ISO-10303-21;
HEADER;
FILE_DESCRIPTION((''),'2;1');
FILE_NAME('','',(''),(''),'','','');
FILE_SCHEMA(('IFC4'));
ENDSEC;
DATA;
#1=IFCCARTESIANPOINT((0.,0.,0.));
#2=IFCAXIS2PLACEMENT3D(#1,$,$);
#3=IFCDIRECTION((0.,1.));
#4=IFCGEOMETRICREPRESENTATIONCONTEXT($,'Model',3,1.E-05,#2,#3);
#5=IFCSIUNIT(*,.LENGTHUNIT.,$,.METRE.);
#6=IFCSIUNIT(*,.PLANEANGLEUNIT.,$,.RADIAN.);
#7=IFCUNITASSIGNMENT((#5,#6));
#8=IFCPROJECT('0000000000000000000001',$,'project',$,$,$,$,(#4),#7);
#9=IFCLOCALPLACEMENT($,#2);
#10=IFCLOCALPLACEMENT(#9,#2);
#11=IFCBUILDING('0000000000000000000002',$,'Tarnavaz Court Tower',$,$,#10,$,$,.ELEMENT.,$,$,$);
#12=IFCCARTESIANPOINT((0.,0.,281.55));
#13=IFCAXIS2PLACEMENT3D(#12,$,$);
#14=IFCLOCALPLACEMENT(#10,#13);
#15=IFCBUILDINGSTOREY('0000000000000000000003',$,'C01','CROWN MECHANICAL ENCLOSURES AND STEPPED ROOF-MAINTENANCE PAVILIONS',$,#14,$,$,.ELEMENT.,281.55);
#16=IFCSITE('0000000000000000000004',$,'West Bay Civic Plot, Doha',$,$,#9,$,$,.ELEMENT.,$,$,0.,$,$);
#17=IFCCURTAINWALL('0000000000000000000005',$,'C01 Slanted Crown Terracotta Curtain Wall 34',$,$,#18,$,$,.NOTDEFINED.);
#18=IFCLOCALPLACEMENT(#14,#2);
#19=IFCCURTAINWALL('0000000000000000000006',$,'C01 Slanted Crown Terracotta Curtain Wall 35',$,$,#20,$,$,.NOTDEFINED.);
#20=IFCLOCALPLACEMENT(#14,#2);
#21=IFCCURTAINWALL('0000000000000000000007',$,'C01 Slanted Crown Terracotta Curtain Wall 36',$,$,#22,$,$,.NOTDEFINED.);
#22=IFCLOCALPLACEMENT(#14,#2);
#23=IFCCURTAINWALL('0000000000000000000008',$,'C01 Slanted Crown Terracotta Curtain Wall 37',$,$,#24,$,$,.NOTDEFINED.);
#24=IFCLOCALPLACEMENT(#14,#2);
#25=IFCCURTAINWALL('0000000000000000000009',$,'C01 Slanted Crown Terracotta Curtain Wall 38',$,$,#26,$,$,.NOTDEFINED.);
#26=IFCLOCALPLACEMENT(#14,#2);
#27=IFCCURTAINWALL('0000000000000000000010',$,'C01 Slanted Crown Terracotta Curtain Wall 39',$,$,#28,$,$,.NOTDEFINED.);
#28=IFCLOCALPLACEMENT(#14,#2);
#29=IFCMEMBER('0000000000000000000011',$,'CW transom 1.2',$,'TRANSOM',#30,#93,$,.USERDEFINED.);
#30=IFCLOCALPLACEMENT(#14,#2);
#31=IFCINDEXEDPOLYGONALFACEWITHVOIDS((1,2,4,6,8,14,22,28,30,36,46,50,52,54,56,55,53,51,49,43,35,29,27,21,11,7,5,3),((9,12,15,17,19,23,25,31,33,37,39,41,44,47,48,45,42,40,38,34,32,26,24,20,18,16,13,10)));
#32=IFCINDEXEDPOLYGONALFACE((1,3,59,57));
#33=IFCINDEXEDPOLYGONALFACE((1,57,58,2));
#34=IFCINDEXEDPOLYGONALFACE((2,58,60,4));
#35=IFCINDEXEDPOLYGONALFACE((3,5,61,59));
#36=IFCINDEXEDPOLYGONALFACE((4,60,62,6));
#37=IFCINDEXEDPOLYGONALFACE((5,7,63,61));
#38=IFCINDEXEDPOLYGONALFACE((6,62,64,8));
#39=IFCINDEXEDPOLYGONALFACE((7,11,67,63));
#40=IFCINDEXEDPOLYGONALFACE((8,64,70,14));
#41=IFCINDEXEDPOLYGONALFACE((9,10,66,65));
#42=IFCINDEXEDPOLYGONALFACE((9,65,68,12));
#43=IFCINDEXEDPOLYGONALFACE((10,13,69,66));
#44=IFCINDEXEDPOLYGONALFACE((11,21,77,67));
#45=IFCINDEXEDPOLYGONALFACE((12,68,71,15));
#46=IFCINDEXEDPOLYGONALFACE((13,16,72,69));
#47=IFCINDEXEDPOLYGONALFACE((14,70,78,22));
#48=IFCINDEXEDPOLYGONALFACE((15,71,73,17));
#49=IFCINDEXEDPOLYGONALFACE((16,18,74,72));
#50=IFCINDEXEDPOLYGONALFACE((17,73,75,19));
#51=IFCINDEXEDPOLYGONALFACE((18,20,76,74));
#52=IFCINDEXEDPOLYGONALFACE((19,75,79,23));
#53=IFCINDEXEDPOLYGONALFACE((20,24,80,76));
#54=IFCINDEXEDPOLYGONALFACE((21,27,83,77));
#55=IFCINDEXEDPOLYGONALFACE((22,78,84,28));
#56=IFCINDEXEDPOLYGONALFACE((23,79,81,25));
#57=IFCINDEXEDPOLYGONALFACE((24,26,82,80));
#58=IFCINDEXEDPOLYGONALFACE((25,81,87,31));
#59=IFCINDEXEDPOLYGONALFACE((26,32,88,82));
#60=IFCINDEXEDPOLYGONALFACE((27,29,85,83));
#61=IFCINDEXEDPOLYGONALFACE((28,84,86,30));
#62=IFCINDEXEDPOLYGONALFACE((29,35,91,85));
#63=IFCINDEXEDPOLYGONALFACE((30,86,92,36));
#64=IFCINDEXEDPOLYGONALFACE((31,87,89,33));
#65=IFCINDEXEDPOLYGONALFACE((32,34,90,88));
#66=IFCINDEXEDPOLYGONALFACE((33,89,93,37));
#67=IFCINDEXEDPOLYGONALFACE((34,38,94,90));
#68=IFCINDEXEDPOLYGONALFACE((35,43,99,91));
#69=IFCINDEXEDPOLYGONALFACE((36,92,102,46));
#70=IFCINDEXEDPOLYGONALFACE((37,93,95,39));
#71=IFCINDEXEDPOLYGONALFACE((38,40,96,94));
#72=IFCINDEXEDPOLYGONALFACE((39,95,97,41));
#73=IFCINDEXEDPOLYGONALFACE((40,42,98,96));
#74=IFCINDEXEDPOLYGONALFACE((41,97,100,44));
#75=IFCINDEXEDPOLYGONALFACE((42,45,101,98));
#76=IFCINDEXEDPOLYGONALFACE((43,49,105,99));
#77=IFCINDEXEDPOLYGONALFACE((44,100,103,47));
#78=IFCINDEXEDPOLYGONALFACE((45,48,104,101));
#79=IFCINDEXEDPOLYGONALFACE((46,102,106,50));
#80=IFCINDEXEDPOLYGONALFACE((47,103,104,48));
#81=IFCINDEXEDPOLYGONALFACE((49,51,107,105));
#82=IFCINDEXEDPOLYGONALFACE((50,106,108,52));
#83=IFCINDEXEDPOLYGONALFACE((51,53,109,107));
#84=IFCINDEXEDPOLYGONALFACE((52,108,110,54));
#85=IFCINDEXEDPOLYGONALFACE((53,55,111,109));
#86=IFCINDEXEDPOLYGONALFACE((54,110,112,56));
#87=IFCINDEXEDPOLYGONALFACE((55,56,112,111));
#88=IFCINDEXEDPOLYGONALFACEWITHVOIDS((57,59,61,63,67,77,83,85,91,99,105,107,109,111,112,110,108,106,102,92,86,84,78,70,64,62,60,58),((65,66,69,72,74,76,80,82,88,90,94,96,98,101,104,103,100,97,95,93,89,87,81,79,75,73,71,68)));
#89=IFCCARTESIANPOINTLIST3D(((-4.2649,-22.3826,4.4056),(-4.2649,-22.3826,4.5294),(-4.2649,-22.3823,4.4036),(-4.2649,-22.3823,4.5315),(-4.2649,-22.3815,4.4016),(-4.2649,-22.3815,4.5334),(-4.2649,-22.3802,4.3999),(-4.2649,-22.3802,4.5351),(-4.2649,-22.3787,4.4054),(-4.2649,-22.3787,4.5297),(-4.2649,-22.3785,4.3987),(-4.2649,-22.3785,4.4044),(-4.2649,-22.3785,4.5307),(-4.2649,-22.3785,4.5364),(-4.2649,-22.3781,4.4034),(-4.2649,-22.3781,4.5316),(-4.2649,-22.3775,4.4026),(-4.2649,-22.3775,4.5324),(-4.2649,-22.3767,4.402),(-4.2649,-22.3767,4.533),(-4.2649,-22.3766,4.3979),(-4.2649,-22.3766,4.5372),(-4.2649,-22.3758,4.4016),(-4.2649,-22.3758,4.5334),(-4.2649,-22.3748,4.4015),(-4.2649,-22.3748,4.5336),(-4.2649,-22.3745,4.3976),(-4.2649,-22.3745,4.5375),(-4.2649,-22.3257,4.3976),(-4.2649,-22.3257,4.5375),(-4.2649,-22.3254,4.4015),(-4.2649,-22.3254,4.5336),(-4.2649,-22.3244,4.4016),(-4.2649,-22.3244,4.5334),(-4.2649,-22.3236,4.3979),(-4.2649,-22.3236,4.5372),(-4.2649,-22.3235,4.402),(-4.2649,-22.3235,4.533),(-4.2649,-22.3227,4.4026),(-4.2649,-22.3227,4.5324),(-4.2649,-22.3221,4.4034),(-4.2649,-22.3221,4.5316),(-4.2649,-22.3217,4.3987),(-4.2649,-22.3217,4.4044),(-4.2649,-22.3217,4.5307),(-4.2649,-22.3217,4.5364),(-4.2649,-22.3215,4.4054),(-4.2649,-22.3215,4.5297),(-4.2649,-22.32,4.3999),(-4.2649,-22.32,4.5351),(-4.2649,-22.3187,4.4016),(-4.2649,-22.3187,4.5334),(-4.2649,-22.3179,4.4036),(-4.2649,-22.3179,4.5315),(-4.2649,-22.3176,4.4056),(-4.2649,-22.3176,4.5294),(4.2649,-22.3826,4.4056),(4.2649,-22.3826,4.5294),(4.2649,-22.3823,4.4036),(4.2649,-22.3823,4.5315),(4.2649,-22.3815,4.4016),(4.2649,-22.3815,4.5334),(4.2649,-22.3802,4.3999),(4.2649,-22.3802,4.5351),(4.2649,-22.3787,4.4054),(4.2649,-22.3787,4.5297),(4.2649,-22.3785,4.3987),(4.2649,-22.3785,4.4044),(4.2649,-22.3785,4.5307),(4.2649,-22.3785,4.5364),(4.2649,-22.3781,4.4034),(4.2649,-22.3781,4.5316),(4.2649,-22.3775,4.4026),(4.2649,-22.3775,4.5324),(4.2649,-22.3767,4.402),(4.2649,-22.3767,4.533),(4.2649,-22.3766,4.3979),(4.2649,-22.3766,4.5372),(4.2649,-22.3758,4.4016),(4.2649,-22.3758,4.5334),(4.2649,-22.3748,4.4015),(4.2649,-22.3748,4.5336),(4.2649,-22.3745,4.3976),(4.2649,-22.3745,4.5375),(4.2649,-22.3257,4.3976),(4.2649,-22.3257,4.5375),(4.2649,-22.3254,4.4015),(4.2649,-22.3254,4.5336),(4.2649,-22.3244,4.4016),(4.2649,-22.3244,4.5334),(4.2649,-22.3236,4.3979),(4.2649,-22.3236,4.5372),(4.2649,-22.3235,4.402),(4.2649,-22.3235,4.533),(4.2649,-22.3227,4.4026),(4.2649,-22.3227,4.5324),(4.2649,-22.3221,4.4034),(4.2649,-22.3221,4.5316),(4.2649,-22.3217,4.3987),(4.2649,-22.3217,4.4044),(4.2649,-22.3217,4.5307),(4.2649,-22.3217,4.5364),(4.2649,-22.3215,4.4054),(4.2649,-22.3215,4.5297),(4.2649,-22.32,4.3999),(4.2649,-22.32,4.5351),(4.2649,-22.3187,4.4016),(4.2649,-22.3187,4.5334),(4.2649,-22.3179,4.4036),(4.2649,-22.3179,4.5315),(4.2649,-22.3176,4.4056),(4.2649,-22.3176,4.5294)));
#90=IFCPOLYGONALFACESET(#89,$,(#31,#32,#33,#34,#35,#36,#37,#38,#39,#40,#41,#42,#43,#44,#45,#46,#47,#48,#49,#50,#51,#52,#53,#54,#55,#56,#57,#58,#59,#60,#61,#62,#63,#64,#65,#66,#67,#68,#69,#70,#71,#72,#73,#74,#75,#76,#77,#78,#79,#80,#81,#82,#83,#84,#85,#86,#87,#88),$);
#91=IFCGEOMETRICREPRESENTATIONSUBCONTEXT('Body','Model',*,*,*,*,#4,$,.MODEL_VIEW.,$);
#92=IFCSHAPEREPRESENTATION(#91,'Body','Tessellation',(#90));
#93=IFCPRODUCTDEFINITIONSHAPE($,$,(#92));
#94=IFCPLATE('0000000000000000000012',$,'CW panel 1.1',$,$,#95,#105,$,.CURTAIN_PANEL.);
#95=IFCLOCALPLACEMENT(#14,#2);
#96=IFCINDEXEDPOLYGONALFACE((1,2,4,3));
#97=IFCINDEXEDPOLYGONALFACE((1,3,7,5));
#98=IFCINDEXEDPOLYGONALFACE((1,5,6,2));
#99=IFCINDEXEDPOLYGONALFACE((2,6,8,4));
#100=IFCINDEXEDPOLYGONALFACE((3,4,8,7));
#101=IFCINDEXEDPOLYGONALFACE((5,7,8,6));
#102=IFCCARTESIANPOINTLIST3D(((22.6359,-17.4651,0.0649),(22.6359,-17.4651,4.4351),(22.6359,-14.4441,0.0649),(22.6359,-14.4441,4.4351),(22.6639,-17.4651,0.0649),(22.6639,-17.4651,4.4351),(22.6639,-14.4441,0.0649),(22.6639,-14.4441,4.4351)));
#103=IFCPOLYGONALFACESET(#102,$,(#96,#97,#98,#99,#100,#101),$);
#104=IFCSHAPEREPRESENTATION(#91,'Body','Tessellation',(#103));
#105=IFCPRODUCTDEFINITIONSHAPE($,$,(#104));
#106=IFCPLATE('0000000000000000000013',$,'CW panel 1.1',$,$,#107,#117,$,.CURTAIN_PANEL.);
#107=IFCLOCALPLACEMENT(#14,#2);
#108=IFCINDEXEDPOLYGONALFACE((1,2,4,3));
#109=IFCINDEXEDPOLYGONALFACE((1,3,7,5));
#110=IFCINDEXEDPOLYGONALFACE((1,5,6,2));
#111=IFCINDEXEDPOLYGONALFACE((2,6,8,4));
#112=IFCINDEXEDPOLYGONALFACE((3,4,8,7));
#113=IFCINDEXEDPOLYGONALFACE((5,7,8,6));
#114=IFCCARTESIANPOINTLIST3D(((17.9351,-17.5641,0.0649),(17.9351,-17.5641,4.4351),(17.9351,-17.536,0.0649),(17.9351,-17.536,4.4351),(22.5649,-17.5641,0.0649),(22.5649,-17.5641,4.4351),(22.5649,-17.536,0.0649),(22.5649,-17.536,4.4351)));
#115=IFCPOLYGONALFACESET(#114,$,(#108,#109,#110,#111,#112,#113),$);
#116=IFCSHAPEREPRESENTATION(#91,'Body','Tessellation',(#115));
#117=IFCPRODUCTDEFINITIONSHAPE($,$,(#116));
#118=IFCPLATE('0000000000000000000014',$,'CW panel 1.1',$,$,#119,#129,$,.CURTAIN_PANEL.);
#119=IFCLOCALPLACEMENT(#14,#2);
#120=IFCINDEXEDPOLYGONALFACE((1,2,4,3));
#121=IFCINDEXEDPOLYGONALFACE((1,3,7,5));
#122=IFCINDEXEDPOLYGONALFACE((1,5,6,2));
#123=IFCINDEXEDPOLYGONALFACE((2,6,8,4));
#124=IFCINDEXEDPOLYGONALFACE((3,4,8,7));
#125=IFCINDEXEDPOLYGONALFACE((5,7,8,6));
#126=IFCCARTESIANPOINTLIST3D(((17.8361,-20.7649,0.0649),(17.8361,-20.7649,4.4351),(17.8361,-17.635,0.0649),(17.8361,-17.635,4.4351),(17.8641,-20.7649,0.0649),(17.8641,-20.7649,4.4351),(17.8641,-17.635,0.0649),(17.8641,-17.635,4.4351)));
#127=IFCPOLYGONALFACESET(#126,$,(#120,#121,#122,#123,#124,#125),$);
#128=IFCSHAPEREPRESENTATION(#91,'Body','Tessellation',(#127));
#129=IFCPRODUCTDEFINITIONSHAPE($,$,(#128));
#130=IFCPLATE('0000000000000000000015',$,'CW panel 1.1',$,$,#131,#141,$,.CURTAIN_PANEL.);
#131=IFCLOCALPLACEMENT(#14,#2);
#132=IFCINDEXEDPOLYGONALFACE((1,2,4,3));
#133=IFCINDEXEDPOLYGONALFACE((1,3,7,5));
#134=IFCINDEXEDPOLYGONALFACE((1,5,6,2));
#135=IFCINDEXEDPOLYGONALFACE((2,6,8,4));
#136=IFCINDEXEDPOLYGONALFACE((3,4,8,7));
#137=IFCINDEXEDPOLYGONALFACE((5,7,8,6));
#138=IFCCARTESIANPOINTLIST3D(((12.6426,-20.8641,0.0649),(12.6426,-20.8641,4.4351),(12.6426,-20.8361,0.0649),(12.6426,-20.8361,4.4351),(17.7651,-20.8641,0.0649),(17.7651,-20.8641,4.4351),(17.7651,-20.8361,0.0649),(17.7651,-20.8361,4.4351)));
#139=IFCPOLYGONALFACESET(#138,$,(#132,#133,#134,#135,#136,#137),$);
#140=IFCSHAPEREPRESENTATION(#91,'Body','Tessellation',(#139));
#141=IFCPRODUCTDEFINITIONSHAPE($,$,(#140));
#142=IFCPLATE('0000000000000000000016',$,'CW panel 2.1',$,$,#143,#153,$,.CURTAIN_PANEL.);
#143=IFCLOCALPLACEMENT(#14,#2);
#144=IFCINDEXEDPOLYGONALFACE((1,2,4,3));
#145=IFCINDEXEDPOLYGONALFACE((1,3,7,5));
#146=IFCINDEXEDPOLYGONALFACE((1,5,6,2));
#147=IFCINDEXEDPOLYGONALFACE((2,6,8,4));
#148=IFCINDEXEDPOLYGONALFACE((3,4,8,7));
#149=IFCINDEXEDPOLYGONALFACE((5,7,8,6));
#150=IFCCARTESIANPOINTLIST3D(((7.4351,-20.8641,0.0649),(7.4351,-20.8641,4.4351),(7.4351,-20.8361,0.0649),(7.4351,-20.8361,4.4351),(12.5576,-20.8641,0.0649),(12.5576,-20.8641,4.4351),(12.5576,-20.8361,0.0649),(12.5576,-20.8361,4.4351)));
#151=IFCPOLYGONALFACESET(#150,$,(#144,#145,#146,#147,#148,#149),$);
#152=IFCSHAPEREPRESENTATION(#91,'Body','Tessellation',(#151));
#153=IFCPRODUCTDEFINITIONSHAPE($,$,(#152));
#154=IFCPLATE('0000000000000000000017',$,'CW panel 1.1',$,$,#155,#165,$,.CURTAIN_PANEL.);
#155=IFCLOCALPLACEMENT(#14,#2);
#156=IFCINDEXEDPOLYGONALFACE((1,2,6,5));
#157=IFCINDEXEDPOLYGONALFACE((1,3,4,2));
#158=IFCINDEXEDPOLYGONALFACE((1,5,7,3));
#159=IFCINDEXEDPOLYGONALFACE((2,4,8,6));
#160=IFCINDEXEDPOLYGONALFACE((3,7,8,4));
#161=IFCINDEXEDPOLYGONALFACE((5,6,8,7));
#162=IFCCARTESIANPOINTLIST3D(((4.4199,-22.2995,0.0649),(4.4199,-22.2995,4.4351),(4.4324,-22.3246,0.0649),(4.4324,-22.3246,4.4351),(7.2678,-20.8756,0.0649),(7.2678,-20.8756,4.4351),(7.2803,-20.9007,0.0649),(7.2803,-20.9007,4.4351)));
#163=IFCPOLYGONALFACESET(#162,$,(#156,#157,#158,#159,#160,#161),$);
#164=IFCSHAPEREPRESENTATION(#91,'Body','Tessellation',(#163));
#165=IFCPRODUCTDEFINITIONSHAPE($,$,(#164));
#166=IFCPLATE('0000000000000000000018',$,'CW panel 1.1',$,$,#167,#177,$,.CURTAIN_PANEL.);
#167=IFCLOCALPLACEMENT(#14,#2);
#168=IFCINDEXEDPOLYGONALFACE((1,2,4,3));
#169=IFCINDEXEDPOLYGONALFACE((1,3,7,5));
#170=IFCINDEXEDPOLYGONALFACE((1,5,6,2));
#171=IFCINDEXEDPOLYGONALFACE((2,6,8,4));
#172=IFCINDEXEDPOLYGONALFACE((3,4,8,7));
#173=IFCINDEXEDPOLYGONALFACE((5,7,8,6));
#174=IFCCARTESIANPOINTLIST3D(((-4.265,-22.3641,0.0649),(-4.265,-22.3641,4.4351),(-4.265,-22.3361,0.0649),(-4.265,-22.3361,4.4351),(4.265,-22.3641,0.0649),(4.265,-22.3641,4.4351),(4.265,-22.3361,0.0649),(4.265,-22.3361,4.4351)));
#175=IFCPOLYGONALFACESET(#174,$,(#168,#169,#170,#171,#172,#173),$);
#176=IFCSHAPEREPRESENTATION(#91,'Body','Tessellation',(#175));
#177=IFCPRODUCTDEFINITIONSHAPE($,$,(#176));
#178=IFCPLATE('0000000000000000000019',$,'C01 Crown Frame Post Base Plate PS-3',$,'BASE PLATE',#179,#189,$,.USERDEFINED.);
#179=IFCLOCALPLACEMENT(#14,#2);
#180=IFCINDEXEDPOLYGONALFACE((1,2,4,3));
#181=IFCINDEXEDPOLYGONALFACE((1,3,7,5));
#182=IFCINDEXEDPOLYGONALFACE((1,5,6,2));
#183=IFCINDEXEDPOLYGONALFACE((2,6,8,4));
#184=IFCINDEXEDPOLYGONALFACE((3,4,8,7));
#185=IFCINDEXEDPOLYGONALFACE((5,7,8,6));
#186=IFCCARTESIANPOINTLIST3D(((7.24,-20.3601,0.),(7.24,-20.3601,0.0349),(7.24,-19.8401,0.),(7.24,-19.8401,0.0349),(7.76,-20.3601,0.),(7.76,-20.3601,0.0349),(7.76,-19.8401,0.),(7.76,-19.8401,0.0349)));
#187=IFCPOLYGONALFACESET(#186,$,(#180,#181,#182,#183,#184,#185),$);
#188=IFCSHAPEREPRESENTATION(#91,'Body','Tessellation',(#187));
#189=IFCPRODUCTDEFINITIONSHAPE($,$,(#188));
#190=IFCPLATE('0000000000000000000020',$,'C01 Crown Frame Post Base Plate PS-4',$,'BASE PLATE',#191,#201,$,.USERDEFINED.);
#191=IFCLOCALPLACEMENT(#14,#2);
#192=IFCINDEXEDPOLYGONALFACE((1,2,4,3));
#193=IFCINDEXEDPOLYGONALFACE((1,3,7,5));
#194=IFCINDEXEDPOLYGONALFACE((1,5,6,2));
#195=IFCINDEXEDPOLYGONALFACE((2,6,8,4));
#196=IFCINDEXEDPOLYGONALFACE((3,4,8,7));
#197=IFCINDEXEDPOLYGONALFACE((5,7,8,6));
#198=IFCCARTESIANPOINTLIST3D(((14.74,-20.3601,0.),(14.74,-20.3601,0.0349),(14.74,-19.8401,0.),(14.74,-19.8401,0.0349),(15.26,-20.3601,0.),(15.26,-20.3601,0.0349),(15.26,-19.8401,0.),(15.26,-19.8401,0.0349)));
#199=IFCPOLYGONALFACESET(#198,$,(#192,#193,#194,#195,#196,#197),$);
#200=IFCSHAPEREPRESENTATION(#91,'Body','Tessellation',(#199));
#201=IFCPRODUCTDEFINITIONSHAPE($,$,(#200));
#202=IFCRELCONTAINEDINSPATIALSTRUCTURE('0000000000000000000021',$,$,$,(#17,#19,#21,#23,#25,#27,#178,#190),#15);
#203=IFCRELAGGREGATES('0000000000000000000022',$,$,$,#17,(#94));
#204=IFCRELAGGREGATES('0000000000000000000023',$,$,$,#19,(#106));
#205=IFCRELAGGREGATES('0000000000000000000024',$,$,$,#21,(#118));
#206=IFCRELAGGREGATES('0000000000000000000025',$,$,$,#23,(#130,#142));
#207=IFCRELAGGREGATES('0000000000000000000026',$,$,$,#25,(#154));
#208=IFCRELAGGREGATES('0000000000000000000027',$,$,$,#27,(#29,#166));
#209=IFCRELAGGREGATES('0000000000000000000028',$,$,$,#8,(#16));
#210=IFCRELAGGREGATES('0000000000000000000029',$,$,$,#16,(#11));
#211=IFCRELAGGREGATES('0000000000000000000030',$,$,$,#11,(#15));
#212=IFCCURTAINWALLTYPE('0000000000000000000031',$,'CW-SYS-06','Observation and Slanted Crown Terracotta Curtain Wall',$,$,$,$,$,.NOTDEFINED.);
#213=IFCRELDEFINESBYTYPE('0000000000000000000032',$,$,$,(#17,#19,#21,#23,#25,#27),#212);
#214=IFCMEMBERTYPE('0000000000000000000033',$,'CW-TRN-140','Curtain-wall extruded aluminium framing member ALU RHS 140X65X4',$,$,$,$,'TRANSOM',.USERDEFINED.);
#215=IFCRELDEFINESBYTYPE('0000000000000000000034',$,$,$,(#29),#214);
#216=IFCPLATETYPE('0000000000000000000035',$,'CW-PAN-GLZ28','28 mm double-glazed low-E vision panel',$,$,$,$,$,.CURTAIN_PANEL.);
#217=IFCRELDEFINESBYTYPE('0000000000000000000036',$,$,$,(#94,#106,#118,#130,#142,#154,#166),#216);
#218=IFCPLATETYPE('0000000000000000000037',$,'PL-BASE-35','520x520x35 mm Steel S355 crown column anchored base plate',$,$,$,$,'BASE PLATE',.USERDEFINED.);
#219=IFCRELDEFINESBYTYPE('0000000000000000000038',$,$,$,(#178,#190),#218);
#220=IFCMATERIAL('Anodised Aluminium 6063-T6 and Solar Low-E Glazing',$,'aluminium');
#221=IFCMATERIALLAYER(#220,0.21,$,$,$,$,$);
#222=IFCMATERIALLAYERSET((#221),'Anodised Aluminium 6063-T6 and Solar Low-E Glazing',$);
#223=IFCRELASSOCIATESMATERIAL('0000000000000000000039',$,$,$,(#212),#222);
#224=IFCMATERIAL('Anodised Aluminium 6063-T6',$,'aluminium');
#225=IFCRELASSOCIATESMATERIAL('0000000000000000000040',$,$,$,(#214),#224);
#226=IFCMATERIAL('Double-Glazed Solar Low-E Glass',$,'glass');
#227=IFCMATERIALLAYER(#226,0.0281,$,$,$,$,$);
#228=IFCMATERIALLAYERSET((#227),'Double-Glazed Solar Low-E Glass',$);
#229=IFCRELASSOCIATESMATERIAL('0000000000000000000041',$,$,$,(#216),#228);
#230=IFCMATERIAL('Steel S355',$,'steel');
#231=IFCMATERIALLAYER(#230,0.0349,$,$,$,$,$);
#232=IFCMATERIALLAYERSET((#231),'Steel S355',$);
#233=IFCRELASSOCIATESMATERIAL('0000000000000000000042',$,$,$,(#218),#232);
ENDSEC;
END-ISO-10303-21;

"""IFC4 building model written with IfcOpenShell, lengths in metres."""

from ifc_helpers import new_model, si_unit, direction, frame, origin, origin_2d, place, context, subcontext, project, spatial, rectangle, hollow_rectangle, extrude, material, layer, layer_set, material_profile, profile_set, type_object, element, aggregate, save


model = new_model("IFC4")

# Units and contexts
model_context = context("Model", 3, precision=1e-05, world=origin(), true_north=direction((0.0, 1.0)))
body_context = subcontext(model_context, "Body", "Model", "MODEL_VIEW")
ifc_project = project(units=[si_unit("LENGTHUNIT", "METRE"), si_unit("PLANEANGLEUNIT", "RADIAN")], contexts=[model_context])

# Site, building, storey
site_placement = place(None, origin())
site = spatial("IfcSite", under=ifc_project, at=site_placement, Name="West Bay Civic Plot, Doha", CompositionType="ELEMENT", RefElevation=0.0)
building_placement = place(site_placement, origin())
building = spatial("IfcBuilding", under=site, at=building_placement, Name="Tarnavaz Court Tower", CompositionType="ELEMENT")
storey_placement = place(building_placement, frame((0.0, 0.0, 281.55)))
storey = spatial("IfcBuildingStorey", under=building, at=storey_placement, Name="C01", Description="CROWN MECHANICAL ENCLOSURES AND STEPPED ROOF-MAINTENANCE PAVILIONS", CompositionType="ELEMENT", Elevation=281.55)

# Shared definitions
ifc_material_1 = material(Name="Steel S355", Category="steel")

# Shared definitions
ifc_material_2 = material(Name="Anodised Aluminium 6063-T6 and Solar Low-E Glazing", Category="aluminium")
ifc_layer_1 = layer(ifc_material_2, 0.21)
ifc_layer_set_1 = layer_set([ifc_layer_1], Name="Anodised Aluminium 6063-T6 and Solar Low-E Glazing")
curtain_wall_type = type_object("IfcCurtainWallType", Name="CW-SYS-06", Description="Observation and Slanted Crown Terracotta Curtain Wall", PredefinedType="NOTDEFINED", material=ifc_layer_set_1)
ifc_material_3 = material(Name="Anodised Aluminium 6063-T6", Category="aluminium")

# Curtain walls
curtain_wall_1_placement = place(storey_placement, origin())
curtain_wall_1 = element("IfcCurtainWall", 1, at=curtain_wall_1_placement, inside=storey, type_object=curtain_wall_type, Name="C01 Slanted Crown Terracotta Curtain Wall 34", PredefinedType="NOTDEFINED")
curtain_wall_2_placement = place(storey_placement, origin())
curtain_wall_2 = element("IfcCurtainWall", 2, at=curtain_wall_2_placement, inside=storey, type_object=curtain_wall_type, Name="C01 Slanted Crown Terracotta Curtain Wall 35", PredefinedType="NOTDEFINED")
curtain_wall_3_placement = place(storey_placement, origin())
curtain_wall_3 = element("IfcCurtainWall", 3, at=curtain_wall_3_placement, inside=storey, type_object=curtain_wall_type, Name="C01 Slanted Crown Terracotta Curtain Wall 36", PredefinedType="NOTDEFINED")
curtain_wall_4_placement = place(storey_placement, origin())
curtain_wall_4 = element("IfcCurtainWall", 4, at=curtain_wall_4_placement, inside=storey, type_object=curtain_wall_type, Name="C01 Slanted Crown Terracotta Curtain Wall 37", PredefinedType="NOTDEFINED")
curtain_wall_5_placement = place(storey_placement, origin())
curtain_wall_5 = element("IfcCurtainWall", 5, at=curtain_wall_5_placement, inside=storey, type_object=curtain_wall_type, Name="C01 Slanted Crown Terracotta Curtain Wall 38", PredefinedType="NOTDEFINED")

# Curtain wall
curtain_wall_6_placement = place(storey_placement, origin())
curtain_wall_6 = element("IfcCurtainWall", 6, at=curtain_wall_6_placement, inside=storey, type_object=curtain_wall_type, Name="C01 Slanted Crown Terracotta Curtain Wall 39", PredefinedType="NOTDEFINED")

# Member
ifc_material_profile_1 = material_profile(ifc_material_3, hollow_rectangle(XDim=0.0649, YDim=0.1399, WallThickness=0.0039, InnerFilletRadius=0.0039, OuterFilletRadius=0.0081, at=origin_2d()), Name="ALU RHS 140X65X4")
ifc_profile_set_1 = profile_set([ifc_material_profile_1], Name="Anodised Aluminium 6063-T6")
member_type_1 = type_object("IfcMemberType", Name="CW-TRN-140", Description="Curtain-wall extruded aluminium framing member ALU RHS 140X65X4", ElementType="TRANSOM", PredefinedType="USERDEFINED", material=ifc_profile_set_1)
member_1_placement = place(storey_placement, frame((4.2649, -22.3501, 4.4675), z_axis=(-1.0, 0.0, 0.0), x_axis=(0.0, -1.0, 0.0)))
member_1 = element("IfcMember", 7, at=member_1_placement, type_object=member_type_1, Name="CW transom 1.2", ObjectType="TRANSOM", PredefinedType="USERDEFINED", context=body_context, shape_type="SweptSolid", body=[
    extrude(hollow_rectangle(XDim=0.0649, YDim=0.1399, WallThickness=0.0039, InnerFilletRadius=0.0039, OuterFilletRadius=0.0081, at=origin_2d()), origin(), (0.0, 0.0, 1.0), 8.5298),
])

# Plates
ifc_material_4 = material(Name="Double-Glazed Solar Low-E Glass", Category="glass")
ifc_layer_2 = layer(ifc_material_4, 0.0281)
ifc_layer_set_2 = layer_set([ifc_layer_2], Name="Double-Glazed Solar Low-E Glass")
plate_type_1 = type_object("IfcPlateType", Name="CW-PAN-GLZ28", Description="28 mm double-glazed low-E vision panel", PredefinedType="CURTAIN_PANEL", material=ifc_layer_set_2)
plate_1_placement = place(storey_placement, frame((22.6499, -15.9546, 0.0649), z_axis=(0.0, 0.0, 1.0), x_axis=(0.0, -1.0, 0.0)))
plate_1 = element("IfcPlate", 8, at=plate_1_placement, type_object=plate_type_1, Name="CW panel 1.1", PredefinedType="CURTAIN_PANEL", context=body_context, shape_type="SweptSolid", body=[
    extrude(rectangle(XDim=3.021, YDim=0.0281, at=origin_2d()), origin(), (0.0, 0.0, 1.0), 4.3701),
])
aggregate(curtain_wall_1, [plate_1])
plate_2_placement = place(storey_placement, frame((20.25, -17.55, 0.0649), z_axis=(0.0, 0.0, 1.0), x_axis=(-1.0, 0.0, 0.0)))
plate_2 = element("IfcPlate", 9, at=plate_2_placement, type_object=plate_type_1, Name="CW panel 1.1", PredefinedType="CURTAIN_PANEL", context=body_context, shape_type="SweptSolid", body=[
    extrude(rectangle(XDim=4.6299, YDim=0.0281, at=origin_2d()), origin(), (0.0, 0.0, 1.0), 4.3701),
])
aggregate(curtain_wall_2, [plate_2])
plate_3_placement = place(storey_placement, frame((17.8501, -19.2, 0.0649), z_axis=(0.0, 0.0, 1.0), x_axis=(0.0, -1.0, 0.0)))
plate_3 = element("IfcPlate", 10, at=plate_3_placement, type_object=plate_type_1, Name="CW panel 1.1", PredefinedType="CURTAIN_PANEL", context=body_context, shape_type="SweptSolid", body=[
    extrude(rectangle(XDim=3.1299, YDim=0.0281, at=origin_2d()), origin(), (0.0, 0.0, 1.0), 4.3701),
])
aggregate(curtain_wall_3, [plate_3])
plate_4_placement = place(storey_placement, frame((15.2039, -20.8501, 0.0649), z_axis=(0.0, 0.0, 1.0), x_axis=(-1.0, 0.0, 0.0)))
plate_4 = element("IfcPlate", 11, at=plate_4_placement, type_object=plate_type_1, Name="CW panel 1.1", PredefinedType="CURTAIN_PANEL", context=body_context, shape_type="SweptSolid", body=[
    extrude(rectangle(XDim=5.1226, YDim=0.0281, at=origin_2d()), origin(), (0.0, 0.0, 1.0), 4.3701),
])
plate_5_placement = place(storey_placement, frame((9.9963, -20.8501, 0.0649), z_axis=(0.0, 0.0, 1.0), x_axis=(-1.0, 0.0, 0.0)))
plate_5 = element("IfcPlate", 12, at=plate_5_placement, type_object=plate_type_1, Name="CW panel 2.1", PredefinedType="CURTAIN_PANEL", context=body_context, shape_type="SweptSolid", body=[
    extrude(rectangle(XDim=5.1226, YDim=0.0281, at=origin_2d()), origin(), (0.0, 0.0, 1.0), 4.3701),
])
aggregate(curtain_wall_4, [plate_4, plate_5])
plate_6_placement = place(storey_placement, frame((5.8501, -21.6001, 0.0649), z_axis=(0.0, 0.0, 1.0), x_axis=(-0.894427, -0.447214, 0.0)))
plate_6 = element("IfcPlate", 13, at=plate_6_placement, type_object=plate_type_1, Name="CW panel 1.1", PredefinedType="CURTAIN_PANEL", context=body_context, shape_type="SweptSolid", body=[
    extrude(rectangle(XDim=3.1841, YDim=0.0281, at=origin_2d()), origin(), (0.0, 0.0, 1.0), 4.3701),
])
aggregate(curtain_wall_5, [plate_6])
plate_7_placement = place(storey_placement, frame((0.0, -22.3501, 0.0649), z_axis=(0.0, 0.0, 1.0), x_axis=(-1.0, 0.0, 0.0)))
plate_7 = element("IfcPlate", 14, at=plate_7_placement, type_object=plate_type_1, Name="CW panel 1.1", PredefinedType="CURTAIN_PANEL", context=body_context, shape_type="SweptSolid", body=[
    extrude(rectangle(XDim=8.53, YDim=0.0281, at=origin_2d()), origin(), (0.0, 0.0, 1.0), 4.3701),
])
aggregate(curtain_wall_6, [member_1, plate_7])

# Plates
ifc_layer_3 = layer(ifc_material_1, 0.0349)
ifc_layer_set_3 = layer_set([ifc_layer_3], Name="Steel S355")
plate_type_2 = type_object("IfcPlateType", Name="PL-BASE-35", Description="520x520x35 mm Steel S355 crown column anchored base plate", ElementType="BASE PLATE", PredefinedType="USERDEFINED", material=ifc_layer_set_3)
for number, where, z_axis, x_axis, name in (
    (15, (7.5, -20.1001, 0.0), (0.0, 0.0, 1.0), (1.0, 0.0, 0.0), "C01 Crown Frame Post Base Plate PS-3"),
    (16, (15.0, -20.1001, 0.0), (0.0, 0.0, 1.0), (1.0, 0.0, 0.0), "C01 Crown Frame Post Base Plate PS-4"),
):
    element("IfcPlate", number, at=place(storey_placement, frame(where, z_axis=z_axis, x_axis=x_axis)), inside=storey, type_object=plate_type_2, Name=name, ObjectType="BASE PLATE", PredefinedType="USERDEFINED", context=body_context, shape_type="SweptSolid", body=[
        extrude(rectangle(XDim=0.52, YDim=0.52, at=origin_2d()), origin(), (0.0, 0.0, 1.0), 0.0349),
    ])

save(model, "model.ifc")
